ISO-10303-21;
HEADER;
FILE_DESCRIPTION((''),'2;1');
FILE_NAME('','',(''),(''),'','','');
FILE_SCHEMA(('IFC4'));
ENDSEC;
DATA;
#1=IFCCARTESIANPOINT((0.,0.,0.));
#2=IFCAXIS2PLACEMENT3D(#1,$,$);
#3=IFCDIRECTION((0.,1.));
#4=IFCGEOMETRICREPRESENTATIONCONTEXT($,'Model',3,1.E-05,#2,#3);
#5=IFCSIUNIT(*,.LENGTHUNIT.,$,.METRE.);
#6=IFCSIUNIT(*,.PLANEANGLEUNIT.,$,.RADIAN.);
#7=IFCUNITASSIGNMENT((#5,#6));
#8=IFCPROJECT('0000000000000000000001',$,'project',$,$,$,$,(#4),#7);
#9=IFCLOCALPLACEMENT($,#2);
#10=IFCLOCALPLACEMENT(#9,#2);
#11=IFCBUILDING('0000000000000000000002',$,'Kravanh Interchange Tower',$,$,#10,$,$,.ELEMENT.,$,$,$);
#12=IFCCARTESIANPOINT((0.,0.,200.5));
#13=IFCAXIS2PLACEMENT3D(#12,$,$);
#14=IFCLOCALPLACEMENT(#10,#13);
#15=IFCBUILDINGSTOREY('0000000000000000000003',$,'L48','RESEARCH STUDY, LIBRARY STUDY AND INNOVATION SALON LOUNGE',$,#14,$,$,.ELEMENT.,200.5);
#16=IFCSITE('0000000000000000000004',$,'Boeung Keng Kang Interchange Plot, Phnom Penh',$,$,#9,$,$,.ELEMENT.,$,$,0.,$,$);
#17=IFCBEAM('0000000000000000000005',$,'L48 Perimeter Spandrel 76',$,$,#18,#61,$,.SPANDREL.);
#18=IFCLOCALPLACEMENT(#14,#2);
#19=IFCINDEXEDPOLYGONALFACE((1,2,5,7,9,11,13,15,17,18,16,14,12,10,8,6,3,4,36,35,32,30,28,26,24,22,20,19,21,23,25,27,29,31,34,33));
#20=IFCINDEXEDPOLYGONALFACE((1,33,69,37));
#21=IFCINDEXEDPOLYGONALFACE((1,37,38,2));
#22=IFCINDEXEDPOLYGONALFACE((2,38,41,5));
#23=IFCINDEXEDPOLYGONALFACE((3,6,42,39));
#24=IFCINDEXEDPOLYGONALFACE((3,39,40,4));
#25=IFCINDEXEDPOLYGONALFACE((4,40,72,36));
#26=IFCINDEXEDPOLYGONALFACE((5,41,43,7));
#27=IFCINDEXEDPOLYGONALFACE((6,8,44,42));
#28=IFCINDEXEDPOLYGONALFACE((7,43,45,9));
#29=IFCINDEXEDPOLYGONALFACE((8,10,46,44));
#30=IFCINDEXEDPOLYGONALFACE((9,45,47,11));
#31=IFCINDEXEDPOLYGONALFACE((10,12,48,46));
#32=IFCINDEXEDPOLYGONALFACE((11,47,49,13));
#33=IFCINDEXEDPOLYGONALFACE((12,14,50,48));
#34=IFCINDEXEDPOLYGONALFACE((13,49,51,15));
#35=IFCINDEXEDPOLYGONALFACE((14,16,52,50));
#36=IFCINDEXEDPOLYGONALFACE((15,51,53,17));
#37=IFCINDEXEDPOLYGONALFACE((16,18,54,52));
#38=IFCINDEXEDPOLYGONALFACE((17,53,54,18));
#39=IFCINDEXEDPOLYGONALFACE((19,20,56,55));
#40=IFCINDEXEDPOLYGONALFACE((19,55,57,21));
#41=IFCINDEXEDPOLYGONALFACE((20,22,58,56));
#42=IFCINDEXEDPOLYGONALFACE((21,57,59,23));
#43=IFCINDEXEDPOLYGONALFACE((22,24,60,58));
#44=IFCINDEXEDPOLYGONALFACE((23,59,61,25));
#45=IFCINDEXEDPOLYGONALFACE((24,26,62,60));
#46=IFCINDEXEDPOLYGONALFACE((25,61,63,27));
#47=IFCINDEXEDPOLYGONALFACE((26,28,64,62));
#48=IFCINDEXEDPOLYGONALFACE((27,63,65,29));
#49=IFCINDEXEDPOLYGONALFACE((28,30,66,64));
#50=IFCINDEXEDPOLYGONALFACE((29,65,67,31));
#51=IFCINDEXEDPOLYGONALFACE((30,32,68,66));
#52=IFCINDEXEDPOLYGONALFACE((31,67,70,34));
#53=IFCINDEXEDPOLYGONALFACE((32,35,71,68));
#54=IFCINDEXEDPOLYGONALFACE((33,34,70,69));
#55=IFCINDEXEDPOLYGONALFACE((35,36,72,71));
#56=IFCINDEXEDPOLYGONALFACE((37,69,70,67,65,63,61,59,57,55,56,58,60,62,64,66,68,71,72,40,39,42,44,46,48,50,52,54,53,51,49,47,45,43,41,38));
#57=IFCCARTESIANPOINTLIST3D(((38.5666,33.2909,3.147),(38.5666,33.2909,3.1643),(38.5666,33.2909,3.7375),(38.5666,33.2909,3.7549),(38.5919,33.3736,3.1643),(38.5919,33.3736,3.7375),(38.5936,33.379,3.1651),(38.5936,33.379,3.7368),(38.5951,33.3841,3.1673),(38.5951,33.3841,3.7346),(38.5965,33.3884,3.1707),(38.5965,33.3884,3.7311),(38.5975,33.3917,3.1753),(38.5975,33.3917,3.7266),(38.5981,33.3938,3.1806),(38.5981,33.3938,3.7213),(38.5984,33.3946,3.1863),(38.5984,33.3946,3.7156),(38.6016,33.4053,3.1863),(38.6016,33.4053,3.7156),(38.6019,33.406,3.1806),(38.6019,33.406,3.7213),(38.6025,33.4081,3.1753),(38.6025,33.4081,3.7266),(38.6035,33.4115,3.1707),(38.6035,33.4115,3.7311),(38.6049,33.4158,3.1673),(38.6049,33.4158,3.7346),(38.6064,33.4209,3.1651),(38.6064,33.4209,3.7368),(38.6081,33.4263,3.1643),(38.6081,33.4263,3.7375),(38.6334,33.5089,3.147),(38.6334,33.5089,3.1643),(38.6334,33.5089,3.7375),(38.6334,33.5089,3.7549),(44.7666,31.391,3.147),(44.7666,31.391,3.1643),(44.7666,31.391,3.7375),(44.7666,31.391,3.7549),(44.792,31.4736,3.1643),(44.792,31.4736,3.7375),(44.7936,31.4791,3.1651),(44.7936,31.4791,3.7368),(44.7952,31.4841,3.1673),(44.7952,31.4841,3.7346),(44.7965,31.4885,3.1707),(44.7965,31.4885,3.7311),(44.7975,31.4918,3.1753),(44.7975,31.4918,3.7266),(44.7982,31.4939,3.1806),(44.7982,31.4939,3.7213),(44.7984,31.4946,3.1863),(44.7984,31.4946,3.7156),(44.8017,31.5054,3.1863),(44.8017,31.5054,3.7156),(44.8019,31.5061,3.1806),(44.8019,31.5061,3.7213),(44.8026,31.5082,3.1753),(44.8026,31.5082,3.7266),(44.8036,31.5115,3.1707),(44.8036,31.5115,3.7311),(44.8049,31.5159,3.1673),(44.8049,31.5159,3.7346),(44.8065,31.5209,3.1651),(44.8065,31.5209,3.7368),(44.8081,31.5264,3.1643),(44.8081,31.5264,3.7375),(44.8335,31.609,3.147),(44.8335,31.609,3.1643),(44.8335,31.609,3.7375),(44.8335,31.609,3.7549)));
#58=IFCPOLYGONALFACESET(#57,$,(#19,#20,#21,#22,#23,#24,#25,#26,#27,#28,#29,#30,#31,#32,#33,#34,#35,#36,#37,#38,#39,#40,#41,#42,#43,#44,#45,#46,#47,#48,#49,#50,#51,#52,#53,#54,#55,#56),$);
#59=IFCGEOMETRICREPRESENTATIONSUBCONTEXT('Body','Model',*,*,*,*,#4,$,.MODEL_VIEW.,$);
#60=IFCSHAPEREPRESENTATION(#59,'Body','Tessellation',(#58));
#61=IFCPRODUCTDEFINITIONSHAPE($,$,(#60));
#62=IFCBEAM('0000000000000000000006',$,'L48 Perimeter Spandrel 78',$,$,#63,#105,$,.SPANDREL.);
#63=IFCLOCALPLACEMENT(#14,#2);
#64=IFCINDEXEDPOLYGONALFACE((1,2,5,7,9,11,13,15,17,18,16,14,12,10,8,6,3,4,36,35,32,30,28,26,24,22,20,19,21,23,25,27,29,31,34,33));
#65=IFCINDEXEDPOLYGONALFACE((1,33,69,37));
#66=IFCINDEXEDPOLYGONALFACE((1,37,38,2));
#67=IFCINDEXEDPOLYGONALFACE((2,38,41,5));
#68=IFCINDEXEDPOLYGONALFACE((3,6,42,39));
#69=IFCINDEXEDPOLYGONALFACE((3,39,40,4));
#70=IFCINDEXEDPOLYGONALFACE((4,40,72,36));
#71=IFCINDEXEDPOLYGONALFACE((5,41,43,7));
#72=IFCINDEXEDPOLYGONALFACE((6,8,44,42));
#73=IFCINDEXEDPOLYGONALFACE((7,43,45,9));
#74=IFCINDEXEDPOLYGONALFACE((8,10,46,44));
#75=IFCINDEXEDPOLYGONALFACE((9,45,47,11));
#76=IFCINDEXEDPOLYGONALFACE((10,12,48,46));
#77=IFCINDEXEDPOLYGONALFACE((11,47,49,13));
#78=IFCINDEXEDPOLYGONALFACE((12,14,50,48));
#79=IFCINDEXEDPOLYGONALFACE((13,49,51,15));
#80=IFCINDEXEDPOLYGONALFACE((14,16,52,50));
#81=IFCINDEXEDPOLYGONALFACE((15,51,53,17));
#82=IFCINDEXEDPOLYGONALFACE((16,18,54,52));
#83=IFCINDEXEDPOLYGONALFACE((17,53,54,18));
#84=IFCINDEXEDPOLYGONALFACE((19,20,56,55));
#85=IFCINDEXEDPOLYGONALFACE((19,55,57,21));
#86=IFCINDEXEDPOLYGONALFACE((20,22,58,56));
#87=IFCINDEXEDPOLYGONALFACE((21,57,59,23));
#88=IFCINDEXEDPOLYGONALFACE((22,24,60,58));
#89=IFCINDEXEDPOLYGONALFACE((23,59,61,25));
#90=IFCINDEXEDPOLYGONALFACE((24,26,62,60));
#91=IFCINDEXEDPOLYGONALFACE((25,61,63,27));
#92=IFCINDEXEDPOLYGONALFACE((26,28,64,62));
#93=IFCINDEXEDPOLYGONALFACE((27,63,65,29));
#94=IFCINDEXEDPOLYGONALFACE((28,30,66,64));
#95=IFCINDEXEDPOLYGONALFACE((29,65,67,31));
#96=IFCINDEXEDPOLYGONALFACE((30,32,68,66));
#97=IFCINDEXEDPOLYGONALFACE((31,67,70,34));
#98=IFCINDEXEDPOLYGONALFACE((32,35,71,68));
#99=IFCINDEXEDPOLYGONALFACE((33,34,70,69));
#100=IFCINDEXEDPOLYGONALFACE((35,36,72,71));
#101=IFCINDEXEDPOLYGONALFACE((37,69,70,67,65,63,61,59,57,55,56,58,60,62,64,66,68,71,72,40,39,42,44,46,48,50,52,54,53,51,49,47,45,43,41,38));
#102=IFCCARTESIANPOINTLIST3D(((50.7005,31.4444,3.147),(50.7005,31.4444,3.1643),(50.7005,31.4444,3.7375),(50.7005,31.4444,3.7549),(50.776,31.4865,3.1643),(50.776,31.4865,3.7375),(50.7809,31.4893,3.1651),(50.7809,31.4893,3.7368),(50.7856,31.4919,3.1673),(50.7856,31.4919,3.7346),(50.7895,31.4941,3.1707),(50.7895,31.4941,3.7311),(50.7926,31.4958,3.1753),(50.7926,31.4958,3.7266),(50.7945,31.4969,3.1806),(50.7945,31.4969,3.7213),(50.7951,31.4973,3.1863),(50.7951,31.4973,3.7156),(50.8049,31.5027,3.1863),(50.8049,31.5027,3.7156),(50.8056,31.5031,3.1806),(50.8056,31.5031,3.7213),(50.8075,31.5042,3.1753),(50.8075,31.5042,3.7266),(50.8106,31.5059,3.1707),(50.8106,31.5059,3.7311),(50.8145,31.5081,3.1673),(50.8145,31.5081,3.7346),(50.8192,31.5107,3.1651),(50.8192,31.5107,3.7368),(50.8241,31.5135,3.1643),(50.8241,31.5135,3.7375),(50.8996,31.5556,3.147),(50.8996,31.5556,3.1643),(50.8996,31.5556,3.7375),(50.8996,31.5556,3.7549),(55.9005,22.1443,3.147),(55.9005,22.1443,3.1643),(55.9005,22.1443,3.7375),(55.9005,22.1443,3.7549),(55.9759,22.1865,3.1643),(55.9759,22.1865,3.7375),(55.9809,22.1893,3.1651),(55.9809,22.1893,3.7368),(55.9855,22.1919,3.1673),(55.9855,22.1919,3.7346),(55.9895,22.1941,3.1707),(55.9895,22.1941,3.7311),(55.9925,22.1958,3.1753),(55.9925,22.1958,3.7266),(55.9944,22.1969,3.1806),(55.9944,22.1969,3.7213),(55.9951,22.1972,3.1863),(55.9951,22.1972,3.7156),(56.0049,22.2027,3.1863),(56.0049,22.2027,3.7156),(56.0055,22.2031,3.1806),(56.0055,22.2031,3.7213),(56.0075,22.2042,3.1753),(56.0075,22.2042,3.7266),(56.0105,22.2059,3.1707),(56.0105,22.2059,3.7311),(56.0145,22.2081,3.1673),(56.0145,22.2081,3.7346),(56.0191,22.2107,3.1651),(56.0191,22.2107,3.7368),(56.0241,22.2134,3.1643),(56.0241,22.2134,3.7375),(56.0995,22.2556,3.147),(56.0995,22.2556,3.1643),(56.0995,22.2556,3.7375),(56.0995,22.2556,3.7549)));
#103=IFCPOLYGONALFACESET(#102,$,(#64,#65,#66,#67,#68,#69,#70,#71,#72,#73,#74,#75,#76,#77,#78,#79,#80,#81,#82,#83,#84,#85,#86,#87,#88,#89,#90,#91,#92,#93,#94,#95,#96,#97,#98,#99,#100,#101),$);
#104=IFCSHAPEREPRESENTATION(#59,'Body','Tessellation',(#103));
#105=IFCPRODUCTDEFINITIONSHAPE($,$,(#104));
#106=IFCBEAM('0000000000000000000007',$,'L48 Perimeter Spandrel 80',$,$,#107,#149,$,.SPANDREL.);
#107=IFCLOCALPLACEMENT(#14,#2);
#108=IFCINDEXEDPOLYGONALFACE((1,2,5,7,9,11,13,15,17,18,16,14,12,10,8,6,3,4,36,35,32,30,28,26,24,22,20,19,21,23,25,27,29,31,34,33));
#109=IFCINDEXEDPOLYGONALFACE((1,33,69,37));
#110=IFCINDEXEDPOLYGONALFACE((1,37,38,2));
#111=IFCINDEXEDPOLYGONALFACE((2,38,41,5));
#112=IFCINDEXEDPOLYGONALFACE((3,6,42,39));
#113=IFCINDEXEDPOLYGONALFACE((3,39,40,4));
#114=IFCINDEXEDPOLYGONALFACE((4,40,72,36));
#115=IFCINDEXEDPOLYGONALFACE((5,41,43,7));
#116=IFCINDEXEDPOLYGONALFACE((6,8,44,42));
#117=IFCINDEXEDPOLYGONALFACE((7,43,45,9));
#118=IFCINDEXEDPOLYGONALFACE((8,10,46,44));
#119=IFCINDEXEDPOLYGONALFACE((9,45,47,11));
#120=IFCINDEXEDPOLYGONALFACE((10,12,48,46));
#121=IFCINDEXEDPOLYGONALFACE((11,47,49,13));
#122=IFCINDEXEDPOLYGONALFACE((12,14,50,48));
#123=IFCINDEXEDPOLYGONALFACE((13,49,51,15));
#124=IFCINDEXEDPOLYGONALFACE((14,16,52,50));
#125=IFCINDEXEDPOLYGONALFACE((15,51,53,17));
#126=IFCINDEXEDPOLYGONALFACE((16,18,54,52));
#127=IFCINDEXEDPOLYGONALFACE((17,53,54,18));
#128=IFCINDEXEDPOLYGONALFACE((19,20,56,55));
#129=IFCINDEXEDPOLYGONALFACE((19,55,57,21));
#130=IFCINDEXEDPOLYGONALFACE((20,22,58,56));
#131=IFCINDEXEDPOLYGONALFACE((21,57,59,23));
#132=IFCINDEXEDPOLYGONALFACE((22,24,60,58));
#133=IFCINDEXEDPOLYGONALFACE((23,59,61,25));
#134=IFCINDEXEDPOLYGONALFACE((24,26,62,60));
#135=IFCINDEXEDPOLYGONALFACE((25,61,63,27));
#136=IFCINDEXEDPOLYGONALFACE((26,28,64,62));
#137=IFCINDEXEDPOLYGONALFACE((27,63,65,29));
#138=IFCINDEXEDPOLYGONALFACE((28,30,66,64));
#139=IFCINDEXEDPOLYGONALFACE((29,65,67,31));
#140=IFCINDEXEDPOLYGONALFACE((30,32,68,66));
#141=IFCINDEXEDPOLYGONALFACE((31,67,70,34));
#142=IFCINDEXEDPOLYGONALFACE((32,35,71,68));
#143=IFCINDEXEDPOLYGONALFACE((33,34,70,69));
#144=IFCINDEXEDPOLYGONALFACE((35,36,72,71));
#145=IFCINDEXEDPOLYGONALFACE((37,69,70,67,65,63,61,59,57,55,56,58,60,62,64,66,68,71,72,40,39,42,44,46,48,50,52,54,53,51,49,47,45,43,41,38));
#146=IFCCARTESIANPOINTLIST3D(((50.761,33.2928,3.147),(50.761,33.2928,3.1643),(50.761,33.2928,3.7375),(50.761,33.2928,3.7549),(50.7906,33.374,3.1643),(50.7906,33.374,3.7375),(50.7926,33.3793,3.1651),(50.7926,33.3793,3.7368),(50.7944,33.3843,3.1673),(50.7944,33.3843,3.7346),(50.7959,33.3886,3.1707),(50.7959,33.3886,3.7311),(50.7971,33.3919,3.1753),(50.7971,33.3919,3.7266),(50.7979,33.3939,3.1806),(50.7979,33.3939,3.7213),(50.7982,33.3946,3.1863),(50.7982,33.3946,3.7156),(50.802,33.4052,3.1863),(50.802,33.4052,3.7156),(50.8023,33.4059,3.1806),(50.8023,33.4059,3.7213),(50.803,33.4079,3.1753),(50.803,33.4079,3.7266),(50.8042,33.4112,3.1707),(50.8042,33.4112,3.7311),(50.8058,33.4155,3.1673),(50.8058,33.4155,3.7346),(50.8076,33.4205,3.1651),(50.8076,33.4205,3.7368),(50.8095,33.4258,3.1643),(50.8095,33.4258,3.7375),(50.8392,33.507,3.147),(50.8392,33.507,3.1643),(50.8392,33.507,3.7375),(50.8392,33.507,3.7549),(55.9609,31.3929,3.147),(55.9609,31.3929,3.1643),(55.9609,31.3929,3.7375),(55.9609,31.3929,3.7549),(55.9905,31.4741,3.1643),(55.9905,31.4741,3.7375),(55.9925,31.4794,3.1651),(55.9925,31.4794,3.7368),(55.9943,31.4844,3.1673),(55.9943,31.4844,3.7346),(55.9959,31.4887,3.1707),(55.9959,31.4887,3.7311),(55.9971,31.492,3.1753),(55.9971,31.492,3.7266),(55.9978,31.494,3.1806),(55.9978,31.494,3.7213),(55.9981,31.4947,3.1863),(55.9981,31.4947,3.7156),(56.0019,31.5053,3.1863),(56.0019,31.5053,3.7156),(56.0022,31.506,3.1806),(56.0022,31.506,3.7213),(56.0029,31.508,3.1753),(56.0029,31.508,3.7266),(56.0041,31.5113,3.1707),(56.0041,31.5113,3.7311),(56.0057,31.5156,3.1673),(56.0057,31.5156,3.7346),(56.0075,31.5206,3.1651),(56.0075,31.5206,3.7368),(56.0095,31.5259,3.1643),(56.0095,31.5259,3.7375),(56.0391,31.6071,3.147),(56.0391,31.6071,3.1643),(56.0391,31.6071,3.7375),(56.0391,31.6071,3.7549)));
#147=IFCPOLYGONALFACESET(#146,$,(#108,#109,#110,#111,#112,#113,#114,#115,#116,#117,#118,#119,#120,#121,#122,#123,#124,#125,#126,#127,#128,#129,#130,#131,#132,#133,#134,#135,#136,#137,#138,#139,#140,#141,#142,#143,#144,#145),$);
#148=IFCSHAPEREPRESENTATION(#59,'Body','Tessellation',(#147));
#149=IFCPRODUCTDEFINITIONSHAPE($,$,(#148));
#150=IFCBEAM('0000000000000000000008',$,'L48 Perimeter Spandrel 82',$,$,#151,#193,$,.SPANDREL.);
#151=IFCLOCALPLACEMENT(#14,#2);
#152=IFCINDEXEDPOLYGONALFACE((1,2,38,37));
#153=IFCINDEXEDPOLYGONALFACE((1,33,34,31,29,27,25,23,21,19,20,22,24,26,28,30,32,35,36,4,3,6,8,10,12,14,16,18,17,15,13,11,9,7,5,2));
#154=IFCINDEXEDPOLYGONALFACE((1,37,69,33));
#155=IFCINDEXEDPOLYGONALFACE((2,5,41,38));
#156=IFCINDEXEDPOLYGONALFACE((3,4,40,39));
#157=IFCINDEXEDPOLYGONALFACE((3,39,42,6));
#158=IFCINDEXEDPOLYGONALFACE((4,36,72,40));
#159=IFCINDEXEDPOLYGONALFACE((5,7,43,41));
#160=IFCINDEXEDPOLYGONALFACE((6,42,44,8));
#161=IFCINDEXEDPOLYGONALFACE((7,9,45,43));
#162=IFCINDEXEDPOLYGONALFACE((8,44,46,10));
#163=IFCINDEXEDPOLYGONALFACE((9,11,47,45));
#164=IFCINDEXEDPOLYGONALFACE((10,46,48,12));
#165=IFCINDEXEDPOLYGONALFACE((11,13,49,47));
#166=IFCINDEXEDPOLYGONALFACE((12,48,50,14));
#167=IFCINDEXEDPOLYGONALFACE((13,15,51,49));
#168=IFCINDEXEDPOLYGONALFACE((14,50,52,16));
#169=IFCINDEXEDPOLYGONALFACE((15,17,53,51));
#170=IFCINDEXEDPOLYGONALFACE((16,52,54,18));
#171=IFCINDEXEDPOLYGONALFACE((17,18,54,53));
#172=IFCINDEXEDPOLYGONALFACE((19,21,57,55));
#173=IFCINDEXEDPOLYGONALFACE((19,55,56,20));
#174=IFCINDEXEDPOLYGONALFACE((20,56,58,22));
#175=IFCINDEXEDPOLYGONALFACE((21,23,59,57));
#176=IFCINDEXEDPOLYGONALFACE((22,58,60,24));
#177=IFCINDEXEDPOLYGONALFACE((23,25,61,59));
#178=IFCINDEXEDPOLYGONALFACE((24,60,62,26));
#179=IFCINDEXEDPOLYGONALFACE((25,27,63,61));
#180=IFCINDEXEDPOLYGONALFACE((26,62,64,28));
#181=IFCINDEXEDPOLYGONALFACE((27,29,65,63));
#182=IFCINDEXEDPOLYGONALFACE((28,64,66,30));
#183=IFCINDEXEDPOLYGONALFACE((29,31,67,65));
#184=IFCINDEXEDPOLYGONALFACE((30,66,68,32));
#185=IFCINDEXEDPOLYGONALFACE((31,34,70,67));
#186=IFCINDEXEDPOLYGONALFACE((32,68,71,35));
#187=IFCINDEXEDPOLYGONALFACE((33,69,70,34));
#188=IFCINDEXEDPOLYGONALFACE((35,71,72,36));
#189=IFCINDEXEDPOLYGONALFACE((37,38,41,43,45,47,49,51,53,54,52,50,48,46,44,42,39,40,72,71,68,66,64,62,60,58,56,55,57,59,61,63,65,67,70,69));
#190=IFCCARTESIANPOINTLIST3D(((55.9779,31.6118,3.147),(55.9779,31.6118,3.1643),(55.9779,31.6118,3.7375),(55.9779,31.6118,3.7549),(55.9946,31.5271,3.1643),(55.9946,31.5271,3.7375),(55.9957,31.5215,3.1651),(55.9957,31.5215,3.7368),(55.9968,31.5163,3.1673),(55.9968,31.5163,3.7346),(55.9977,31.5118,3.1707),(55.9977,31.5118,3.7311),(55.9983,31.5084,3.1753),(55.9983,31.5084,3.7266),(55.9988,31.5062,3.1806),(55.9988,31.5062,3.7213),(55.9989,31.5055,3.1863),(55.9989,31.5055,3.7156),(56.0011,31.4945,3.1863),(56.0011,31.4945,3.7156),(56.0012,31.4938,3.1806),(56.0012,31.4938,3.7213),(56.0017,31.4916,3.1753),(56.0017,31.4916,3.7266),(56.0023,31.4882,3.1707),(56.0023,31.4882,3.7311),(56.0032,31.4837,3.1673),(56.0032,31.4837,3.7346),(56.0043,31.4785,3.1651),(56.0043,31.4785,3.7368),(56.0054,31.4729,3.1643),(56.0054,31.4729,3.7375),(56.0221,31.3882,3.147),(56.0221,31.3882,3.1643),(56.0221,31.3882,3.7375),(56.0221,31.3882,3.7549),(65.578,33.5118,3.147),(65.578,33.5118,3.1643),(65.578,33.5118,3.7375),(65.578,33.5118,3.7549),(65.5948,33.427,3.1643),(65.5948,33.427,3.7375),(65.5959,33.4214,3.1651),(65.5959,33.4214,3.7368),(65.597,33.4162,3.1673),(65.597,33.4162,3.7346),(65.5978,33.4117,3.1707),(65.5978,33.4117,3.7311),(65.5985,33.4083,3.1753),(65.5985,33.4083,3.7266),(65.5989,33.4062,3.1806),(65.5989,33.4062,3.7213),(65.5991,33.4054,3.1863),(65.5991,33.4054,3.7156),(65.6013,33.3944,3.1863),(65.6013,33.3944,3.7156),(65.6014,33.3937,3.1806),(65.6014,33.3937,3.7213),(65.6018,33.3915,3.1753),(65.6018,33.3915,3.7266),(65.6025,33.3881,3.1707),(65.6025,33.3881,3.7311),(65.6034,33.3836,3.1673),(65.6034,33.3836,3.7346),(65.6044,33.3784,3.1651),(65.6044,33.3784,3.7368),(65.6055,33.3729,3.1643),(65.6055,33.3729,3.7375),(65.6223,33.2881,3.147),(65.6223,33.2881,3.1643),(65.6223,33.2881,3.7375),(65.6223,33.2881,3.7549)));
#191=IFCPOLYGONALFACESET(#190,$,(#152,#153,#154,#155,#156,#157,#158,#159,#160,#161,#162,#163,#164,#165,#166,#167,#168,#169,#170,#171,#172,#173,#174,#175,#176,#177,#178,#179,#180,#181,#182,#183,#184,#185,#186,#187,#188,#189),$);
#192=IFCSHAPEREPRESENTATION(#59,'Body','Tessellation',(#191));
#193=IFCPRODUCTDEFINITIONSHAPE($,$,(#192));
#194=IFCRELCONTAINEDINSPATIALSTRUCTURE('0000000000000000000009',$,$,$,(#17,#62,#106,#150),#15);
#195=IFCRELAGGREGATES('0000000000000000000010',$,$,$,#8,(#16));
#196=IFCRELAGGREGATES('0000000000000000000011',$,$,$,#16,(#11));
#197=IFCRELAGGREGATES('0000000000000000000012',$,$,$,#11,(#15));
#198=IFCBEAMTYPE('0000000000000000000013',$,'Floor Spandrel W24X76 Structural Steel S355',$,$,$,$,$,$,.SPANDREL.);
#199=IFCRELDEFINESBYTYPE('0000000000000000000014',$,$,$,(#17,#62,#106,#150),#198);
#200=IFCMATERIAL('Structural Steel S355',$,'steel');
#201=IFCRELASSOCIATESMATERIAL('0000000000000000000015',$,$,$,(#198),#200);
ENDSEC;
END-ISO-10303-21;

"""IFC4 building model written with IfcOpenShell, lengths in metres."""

from ifc_helpers import new_model, si_unit, direction, frame, origin, origin_2d, place, context, subcontext, project, spatial, i_section, extrude, material, material_profile, profile_set, type_object, element, save


model = new_model("IFC4")

# Units and contexts
model_context = context("Model", 3, precision=1e-05, world=origin(), true_north=direction((0.0, 1.0)))
body_context = subcontext(model_context, "Body", "Model", "MODEL_VIEW")
ifc_project = project(units=[si_unit("LENGTHUNIT", "METRE"), si_unit("PLANEANGLEUNIT", "RADIAN")], contexts=[model_context])

# Site, building, storey
site_placement = place(None, origin())
site = spatial("IfcSite", under=ifc_project, at=site_placement, Name="Boeung Keng Kang Interchange Plot, Phnom Penh", CompositionType="ELEMENT", RefElevation=0.0)
building_placement = place(site_placement, origin())
building = spatial("IfcBuilding", under=site, at=building_placement, Name="Kravanh Interchange Tower", CompositionType="ELEMENT")
storey_placement = place(building_placement, frame((0.0, 0.0, 200.5)))
storey = spatial("IfcBuildingStorey", under=building, at=storey_placement, Name="L48", Description="RESEARCH STUDY, LIBRARY STUDY AND INNOVATION SALON LOUNGE", CompositionType="ELEMENT", Elevation=200.5)

# Beams
ifc_material_1 = material(Name="Structural Steel S355", Category="steel")
ifc_material_profile_1 = material_profile(ifc_material_1, i_section(OverallWidth=0.228, OverallDepth=0.6079, WebThickness=0.0112, FlangeThickness=0.0173, FilletRadius=0.022, at=origin_2d()), Name="W24X76")
ifc_profile_set_1 = profile_set([ifc_material_profile_1], Name="Structural Steel S355")
beam_type_1 = type_object("IfcBeamType", Name="Floor Spandrel W24X76 Structural Steel S355", PredefinedType="SPANDREL", material=ifc_profile_set_1)
beam_1_placement = place(storey_placement, frame((44.8, 31.5, 3.4509), z_axis=(-0.956115, 0.29299, 0.0), x_axis=(-0.29299, -0.956115, 0.0)))
element("IfcBeam", 1, at=beam_1_placement, inside=storey, type_object=beam_type_1, Name="L48 Perimeter Spandrel 76", PredefinedType="SPANDREL", context=body_context, shape_type="SweptSolid", body=[
    extrude(i_section(OverallWidth=0.228, OverallDepth=0.6079, WebThickness=0.0112, FlangeThickness=0.0173, FilletRadius=0.022, at=origin_2d()), origin(), (0.0, 0.0, 1.0), 6.4846),
])
beam_2_placement = place(storey_placement, frame((50.8, 31.5, 3.4509), z_axis=(0.488026, -0.872829, 0.0), x_axis=(0.872829, 0.488026, 0.0)))
element("IfcBeam", 2, at=beam_2_placement, inside=storey, type_object=beam_type_1, Name="L48 Perimeter Spandrel 78", PredefinedType="SPANDREL", context=body_context, shape_type="SweptSolid", body=[
    extrude(i_section(OverallWidth=0.228, OverallDepth=0.6079, WebThickness=0.0112, FlangeThickness=0.0173, FilletRadius=0.022, at=origin_2d()), origin(), (0.0, 0.0, 1.0), 10.655),
])
beam_3_placement = place(storey_placement, frame((56.0, 31.5, 3.4509), z_axis=(-0.93927, 0.34318, 0.0), x_axis=(-0.34318, -0.93927, 0.0)))
element("IfcBeam", 3, at=beam_3_placement, inside=storey, type_object=beam_type_1, Name="L48 Perimeter Spandrel 80", PredefinedType="SPANDREL", context=body_context, shape_type="SweptSolid", body=[
    extrude(i_section(OverallWidth=0.228, OverallDepth=0.6079, WebThickness=0.0112, FlangeThickness=0.0173, FilletRadius=0.022, at=origin_2d()), origin(), (0.0, 0.0, 1.0), 5.5361),
])
beam_4_placement = place(storey_placement, frame((56.0, 31.5, 3.4509), z_axis=(0.980974, 0.194139, 0.0), x_axis=(-0.194139, 0.980974, 0.0)))
element("IfcBeam", 4, at=beam_4_placement, inside=storey, type_object=beam_type_1, Name="L48 Perimeter Spandrel 82", PredefinedType="SPANDREL", context=body_context, shape_type="SweptSolid", body=[
    extrude(i_section(OverallWidth=0.228, OverallDepth=0.6079, WebThickness=0.0112, FlangeThickness=0.0173, FilletRadius=0.022, at=origin_2d()), origin(), (0.0, 0.0, 1.0), 9.7864),
])

save(model, "model.ifc")
